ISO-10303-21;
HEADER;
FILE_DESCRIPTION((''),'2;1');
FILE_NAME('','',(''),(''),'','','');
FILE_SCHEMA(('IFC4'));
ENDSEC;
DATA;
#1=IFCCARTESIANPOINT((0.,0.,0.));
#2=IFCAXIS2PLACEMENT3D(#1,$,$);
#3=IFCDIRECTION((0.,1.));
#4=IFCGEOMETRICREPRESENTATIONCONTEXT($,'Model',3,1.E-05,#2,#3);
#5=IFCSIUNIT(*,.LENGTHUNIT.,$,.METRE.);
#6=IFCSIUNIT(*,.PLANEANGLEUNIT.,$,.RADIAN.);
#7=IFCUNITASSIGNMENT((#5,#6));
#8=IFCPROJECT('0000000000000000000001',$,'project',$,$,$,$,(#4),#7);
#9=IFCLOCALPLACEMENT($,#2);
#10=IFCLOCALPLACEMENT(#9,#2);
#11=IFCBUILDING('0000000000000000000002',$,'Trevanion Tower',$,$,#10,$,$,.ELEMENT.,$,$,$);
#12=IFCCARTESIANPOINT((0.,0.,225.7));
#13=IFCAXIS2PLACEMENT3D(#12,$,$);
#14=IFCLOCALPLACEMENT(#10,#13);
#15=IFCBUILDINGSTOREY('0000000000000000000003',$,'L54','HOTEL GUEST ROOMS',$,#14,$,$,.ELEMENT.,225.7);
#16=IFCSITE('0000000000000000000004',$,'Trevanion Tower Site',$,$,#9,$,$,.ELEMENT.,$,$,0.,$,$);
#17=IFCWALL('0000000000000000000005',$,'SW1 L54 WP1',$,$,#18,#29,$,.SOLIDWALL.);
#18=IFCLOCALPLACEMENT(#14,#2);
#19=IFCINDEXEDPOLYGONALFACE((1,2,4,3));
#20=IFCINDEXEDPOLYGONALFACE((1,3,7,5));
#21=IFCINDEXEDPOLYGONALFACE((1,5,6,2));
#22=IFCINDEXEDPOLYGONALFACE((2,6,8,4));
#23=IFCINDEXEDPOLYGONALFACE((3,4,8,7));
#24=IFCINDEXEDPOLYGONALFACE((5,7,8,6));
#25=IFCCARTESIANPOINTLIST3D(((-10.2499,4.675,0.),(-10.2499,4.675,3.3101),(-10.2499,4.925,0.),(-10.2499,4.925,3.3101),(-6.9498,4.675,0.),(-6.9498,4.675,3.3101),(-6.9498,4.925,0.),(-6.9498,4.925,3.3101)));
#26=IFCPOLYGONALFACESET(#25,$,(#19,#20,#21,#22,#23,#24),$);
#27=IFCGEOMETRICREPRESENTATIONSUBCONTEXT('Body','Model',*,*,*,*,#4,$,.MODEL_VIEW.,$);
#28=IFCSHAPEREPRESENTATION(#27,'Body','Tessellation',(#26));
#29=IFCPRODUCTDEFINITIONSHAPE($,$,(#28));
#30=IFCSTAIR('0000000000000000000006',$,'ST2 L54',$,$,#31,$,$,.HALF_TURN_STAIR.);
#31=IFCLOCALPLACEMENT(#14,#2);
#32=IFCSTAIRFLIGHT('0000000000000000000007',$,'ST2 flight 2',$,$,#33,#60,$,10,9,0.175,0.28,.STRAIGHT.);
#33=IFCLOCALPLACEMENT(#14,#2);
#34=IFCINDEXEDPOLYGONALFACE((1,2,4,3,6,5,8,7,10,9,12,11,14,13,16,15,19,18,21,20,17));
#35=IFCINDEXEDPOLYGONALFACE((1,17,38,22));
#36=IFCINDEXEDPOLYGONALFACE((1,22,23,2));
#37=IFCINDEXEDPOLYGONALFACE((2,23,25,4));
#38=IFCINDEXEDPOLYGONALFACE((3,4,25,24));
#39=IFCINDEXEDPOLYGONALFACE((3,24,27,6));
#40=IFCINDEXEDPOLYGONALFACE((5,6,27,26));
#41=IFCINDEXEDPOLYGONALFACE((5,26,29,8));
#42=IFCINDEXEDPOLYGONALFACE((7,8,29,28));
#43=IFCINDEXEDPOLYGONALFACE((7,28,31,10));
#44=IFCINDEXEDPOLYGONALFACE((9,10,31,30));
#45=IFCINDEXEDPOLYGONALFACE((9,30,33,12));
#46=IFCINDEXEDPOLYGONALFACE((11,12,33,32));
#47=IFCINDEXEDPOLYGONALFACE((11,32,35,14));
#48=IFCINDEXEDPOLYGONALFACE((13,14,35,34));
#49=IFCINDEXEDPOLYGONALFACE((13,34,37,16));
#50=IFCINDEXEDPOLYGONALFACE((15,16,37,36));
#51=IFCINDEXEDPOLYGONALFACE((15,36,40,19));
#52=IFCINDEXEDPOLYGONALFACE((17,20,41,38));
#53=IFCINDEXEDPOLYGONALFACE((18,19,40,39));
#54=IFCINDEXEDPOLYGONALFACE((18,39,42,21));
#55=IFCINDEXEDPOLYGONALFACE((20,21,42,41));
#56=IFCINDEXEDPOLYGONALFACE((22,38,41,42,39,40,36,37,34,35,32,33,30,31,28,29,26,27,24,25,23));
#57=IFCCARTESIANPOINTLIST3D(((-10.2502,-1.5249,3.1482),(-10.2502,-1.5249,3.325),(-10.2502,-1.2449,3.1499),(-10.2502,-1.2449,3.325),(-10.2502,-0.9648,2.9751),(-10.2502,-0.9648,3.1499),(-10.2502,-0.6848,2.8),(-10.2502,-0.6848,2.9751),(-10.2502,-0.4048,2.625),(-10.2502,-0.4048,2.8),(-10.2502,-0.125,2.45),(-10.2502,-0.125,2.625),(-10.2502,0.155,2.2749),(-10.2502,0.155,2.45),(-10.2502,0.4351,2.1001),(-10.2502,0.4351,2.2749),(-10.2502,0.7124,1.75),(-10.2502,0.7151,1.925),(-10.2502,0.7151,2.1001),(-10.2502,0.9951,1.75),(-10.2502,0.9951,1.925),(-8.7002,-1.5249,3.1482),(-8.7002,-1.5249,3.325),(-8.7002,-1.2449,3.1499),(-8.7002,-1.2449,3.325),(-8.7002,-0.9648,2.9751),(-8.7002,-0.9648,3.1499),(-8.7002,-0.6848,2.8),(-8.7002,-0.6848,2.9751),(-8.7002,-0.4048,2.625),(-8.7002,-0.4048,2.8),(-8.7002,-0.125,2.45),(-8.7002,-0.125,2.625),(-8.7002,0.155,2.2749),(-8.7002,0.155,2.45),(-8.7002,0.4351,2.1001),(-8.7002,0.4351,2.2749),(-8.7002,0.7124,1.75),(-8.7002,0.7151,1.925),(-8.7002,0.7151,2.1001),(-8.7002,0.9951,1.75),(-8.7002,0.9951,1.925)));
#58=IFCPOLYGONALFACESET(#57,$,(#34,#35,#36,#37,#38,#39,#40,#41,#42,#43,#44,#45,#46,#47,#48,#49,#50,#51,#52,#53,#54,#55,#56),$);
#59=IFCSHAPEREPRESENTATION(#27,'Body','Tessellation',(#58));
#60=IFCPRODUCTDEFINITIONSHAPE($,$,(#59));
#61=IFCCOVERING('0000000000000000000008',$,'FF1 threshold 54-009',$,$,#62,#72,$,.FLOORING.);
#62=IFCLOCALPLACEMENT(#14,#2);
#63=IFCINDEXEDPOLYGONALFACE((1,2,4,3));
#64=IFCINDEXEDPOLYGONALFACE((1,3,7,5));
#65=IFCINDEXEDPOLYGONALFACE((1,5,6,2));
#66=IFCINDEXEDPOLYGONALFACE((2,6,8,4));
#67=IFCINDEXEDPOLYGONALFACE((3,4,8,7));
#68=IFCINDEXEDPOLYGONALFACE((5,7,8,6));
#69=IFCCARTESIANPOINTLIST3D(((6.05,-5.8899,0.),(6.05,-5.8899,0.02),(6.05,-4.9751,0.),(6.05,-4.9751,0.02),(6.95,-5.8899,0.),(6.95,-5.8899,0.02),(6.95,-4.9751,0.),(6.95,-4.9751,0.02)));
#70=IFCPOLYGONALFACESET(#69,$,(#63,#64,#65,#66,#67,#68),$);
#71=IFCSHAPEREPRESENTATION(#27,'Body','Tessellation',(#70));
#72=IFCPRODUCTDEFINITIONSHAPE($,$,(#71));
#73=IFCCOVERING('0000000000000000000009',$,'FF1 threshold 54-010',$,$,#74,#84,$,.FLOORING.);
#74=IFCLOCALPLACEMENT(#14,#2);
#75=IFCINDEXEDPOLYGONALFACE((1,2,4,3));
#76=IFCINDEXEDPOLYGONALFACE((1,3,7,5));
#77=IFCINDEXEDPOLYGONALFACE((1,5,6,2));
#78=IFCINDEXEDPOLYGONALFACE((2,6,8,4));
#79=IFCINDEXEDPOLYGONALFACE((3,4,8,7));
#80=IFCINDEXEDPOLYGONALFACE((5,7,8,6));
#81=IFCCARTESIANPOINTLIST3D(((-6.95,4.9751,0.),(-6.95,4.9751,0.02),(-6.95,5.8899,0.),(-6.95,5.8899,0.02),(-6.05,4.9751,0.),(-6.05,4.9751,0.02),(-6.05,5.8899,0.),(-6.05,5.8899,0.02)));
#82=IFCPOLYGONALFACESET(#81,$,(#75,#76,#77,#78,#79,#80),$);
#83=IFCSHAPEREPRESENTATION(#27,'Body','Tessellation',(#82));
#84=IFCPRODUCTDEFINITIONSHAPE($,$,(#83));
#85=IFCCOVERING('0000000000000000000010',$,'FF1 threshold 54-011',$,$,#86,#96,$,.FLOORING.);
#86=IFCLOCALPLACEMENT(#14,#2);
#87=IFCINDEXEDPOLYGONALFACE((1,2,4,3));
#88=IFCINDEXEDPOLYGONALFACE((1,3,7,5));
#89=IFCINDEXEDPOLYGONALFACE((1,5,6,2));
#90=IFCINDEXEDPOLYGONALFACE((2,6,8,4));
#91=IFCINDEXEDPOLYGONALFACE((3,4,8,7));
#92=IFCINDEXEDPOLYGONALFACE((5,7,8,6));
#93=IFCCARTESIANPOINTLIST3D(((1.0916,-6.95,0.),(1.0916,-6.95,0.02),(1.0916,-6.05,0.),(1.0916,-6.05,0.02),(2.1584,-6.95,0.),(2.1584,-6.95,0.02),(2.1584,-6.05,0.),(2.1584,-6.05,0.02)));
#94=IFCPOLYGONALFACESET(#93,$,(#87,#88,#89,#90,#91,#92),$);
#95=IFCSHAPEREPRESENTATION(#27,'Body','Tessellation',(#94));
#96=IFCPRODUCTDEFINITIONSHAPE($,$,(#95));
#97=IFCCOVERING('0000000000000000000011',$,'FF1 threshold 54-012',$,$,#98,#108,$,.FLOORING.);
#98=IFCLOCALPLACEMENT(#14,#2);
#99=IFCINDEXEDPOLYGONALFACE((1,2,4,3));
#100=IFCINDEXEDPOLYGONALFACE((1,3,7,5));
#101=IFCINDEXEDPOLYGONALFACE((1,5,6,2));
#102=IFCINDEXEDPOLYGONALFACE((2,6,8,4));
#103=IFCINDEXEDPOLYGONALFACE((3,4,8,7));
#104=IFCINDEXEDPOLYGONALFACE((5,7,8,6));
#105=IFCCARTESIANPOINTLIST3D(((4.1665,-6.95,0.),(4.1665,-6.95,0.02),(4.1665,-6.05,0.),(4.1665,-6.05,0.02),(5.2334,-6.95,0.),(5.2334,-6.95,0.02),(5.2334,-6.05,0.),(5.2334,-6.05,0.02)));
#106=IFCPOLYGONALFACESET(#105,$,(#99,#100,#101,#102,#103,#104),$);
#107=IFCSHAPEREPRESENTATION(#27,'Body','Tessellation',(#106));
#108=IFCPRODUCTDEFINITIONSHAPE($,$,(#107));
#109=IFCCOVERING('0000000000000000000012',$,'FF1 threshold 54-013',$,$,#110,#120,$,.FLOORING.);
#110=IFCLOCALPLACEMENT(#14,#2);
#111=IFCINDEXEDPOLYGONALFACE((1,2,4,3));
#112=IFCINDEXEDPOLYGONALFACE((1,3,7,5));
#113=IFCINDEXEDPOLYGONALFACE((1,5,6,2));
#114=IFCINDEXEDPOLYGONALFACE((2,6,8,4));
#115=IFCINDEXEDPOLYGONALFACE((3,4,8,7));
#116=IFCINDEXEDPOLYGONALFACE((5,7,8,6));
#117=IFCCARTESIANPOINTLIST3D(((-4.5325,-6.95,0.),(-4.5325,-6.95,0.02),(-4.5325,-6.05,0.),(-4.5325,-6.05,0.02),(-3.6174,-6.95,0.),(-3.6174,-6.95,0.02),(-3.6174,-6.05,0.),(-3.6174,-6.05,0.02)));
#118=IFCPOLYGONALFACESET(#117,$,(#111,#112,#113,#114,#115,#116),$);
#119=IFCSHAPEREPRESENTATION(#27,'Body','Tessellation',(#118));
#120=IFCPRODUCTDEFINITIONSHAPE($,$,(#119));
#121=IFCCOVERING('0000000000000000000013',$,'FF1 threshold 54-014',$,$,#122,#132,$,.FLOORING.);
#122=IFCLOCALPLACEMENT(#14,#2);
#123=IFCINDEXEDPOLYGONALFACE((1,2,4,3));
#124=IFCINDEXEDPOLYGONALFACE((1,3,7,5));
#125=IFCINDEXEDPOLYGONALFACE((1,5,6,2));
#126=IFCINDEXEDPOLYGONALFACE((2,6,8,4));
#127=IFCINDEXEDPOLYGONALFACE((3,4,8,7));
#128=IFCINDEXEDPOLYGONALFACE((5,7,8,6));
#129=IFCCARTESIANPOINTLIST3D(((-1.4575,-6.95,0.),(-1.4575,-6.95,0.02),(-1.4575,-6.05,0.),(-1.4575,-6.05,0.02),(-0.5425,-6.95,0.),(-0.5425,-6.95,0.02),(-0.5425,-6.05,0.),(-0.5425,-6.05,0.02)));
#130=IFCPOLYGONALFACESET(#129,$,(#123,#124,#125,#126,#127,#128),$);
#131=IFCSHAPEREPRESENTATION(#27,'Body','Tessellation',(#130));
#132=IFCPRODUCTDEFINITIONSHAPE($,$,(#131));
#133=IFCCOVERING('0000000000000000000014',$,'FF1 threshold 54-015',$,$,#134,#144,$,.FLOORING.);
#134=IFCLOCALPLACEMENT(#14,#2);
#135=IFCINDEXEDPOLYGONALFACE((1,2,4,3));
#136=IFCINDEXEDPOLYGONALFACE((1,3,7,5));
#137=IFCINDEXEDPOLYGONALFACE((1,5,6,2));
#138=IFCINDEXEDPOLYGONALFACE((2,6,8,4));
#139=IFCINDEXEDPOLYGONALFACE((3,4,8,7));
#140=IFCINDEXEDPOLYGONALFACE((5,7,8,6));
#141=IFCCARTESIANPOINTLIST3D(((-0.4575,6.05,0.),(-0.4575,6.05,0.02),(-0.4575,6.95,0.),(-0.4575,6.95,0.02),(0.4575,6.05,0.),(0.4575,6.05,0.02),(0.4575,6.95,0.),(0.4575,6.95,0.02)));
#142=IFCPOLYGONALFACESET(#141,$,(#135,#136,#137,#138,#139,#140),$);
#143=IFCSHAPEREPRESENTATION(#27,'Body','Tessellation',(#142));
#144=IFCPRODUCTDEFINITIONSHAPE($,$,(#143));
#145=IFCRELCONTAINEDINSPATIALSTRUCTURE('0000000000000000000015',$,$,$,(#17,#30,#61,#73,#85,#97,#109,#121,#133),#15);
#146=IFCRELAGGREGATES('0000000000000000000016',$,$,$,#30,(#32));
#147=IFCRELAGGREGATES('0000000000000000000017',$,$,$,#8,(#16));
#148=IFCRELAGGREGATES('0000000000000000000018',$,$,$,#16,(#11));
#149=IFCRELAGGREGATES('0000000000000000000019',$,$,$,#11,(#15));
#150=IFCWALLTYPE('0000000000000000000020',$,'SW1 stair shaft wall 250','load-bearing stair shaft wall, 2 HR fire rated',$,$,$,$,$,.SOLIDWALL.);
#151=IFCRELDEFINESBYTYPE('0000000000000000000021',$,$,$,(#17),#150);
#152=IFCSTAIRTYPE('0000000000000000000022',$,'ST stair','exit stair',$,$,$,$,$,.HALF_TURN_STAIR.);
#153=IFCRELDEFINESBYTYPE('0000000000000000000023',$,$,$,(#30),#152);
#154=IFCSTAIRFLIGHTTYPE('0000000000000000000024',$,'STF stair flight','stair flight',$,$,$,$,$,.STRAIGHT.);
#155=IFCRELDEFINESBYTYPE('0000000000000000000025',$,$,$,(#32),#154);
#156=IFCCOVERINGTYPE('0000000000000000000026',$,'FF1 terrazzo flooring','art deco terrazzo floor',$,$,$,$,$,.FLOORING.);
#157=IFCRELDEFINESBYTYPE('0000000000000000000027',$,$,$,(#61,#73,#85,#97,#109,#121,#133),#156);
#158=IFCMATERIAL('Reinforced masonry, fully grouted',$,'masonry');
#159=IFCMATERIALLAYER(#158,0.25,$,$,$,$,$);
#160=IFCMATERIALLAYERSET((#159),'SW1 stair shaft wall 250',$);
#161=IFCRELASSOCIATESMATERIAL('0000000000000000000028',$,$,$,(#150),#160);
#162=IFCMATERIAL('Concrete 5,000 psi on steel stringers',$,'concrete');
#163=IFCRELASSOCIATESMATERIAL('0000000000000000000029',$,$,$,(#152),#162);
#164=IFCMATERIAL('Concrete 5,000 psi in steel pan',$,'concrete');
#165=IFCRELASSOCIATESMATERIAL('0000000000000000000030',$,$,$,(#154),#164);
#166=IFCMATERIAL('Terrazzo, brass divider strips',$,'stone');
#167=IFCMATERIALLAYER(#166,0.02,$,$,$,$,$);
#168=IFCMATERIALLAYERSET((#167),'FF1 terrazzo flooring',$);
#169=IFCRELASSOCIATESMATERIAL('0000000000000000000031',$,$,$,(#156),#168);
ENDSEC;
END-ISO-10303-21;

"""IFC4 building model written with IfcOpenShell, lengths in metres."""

from ifc_helpers import new_model, si_unit, direction, frame, frame_2d, origin, place, context, subcontext, project, spatial, polyline, rectangle, outline, extrude, material, layer, layer_set, type_object, element, aggregate, save


model = new_model("IFC4")

# Units and contexts
model_context = context("Model", 3, precision=1e-05, world=origin(), true_north=direction((0.0, 1.0)))
body_context = subcontext(model_context, "Body", "Model", "MODEL_VIEW")
ifc_project = project(units=[si_unit("LENGTHUNIT", "METRE"), si_unit("PLANEANGLEUNIT", "RADIAN")], contexts=[model_context])

# Site, building, storey
site_placement = place(None, origin())
site = spatial("IfcSite", under=ifc_project, at=site_placement, Name="Trevanion Tower Site", CompositionType="ELEMENT", RefElevation=0.0)
building_placement = place(site_placement, origin())
building = spatial("IfcBuilding", under=site, at=building_placement, Name="Trevanion Tower", CompositionType="ELEMENT")
storey_placement = place(building_placement, frame((0.0, 0.0, 225.7)))
storey = spatial("IfcBuildingStorey", under=building, at=storey_placement, Name="L54", Description="HOTEL GUEST ROOMS", CompositionType="ELEMENT", Elevation=225.7)

# Wall
ifc_material_1 = material(Name="Reinforced masonry, fully grouted", Category="masonry")
ifc_layer_1 = layer(ifc_material_1, 0.25)
ifc_layer_set_1 = layer_set([ifc_layer_1], Name="SW1 stair shaft wall 250")
wall_type_1 = type_object("IfcWallType", Name="SW1 stair shaft wall 250", Description="load-bearing stair shaft wall, 2 HR fire rated", PredefinedType="SOLIDWALL", material=ifc_layer_set_1)
wall_1_placement = place(storey_placement, frame((-6.95, 4.8, 0.0), z_axis=(0.0, 0.0, 1.0), x_axis=(-1.0, 0.0, 0.0)))
element("IfcWall", 1, at=wall_1_placement, inside=storey, type_object=wall_type_1, Name="SW1 L54 WP1", PredefinedType="SOLIDWALL", context=body_context, shape_type="SweptSolid", body=[
    extrude(rectangle(XDim=3.3, YDim=0.25, at=frame_2d((1.6499, 0.0))), origin(), (0.0, 0.0, 1.0), 3.3101),
])

# Stair, stair flight
ifc_material_2 = material(Name="Concrete 5,000 psi on steel stringers", Category="concrete")
stair_type = type_object("IfcStairType", Name="ST stair", Description="exit stair", PredefinedType="HALF_TURN_STAIR", material=ifc_material_2)
stair_placement = place(storey_placement, origin())
stair = element("IfcStair", 2, at=stair_placement, inside=storey, type_object=stair_type, Name="ST2 L54", PredefinedType="HALF_TURN_STAIR")
ifc_material_3 = material(Name="Concrete 5,000 psi in steel pan", Category="concrete")
stair_flight_type = type_object("IfcStairFlightType", Name="STF stair flight", Description="stair flight", PredefinedType="STRAIGHT", material=ifc_material_3)
stair_flight_placement = place(storey_placement, frame((-9.4751, 0.9951, 1.75), z_axis=(0.0, 0.0, 1.0), x_axis=(0.0, -1.0, 0.0)))
stair_flight = element("IfcStairFlight", 3, at=stair_flight_placement, type_object=stair_flight_type, Name="ST2 flight 2", NumberOfRisers=10, NumberOfTreads=9, PredefinedType="STRAIGHT", RiserHeight=0.175, TreadLength=0.28, context=body_context, shape_type="SweptSolid", body=[
    extrude(outline(polyline([(0.0, 0.0), (0.0, 0.175), (0.28, 0.175), (0.28, 0.3501), (0.5601, 0.3501), (0.5601, 0.5249), (0.8401, 0.5249), (0.8401, 0.7), (1.1201, 0.7), (1.1201, 0.875), (1.3999, 0.875), (1.3999, 1.05), (1.6799, 1.05), (1.6799, 1.2251), (1.96, 1.2251), (1.96, 1.3999), (2.24, 1.3999), (2.24, 1.575), (2.52, 1.575), (2.52, 1.75), (2.52, 1.3982), (0.2827, 0.0), (0.0, 0.0)])), frame((0.0, 0.7749, 0.0), z_axis=(0.0, -1.0, 0.0), x_axis=(1.0, 0.0, 0.0)), (0.0, 0.0, 1.0), 1.55),
])
aggregate(stair, [stair_flight])

# Coverings
ifc_material_4 = material(Name="Terrazzo, brass divider strips", Category="stone")
ifc_layer_2 = layer(ifc_material_4, 0.02)
ifc_layer_set_2 = layer_set([ifc_layer_2], Name="FF1 terrazzo flooring")
covering_type = type_object("IfcCoveringType", Name="FF1 terrazzo flooring", Description="art deco terrazzo floor", PredefinedType="FLOORING", material=ifc_layer_set_2)
covering_1_placement = place(storey_placement, origin())
element("IfcCovering", 4, at=covering_1_placement, inside=storey, type_object=covering_type, Name="FF1 threshold 54-009", PredefinedType="FLOORING", context=body_context, shape_type="SweptSolid", body=[
    extrude(outline(polyline([(6.95, -5.8899), (6.95, -4.9751), (6.05, -4.9751), (6.05, -5.8899), (6.95, -5.8899)])), origin(), (0.0, 0.0, 1.0), 0.02),
])
covering_2_placement = place(storey_placement, origin())
element("IfcCovering", 5, at=covering_2_placement, inside=storey, type_object=covering_type, Name="FF1 threshold 54-010", PredefinedType="FLOORING", context=body_context, shape_type="SweptSolid", body=[
    extrude(outline(polyline([(-6.95, 5.8899), (-6.95, 4.9751), (-6.05, 4.9751), (-6.05, 5.8899), (-6.95, 5.8899)])), origin(), (0.0, 0.0, 1.0), 0.02),
])
covering_3_placement = place(storey_placement, origin())
element("IfcCovering", 6, at=covering_3_placement, inside=storey, type_object=covering_type, Name="FF1 threshold 54-011", PredefinedType="FLOORING", context=body_context, shape_type="SweptSolid", body=[
    extrude(outline(polyline([(1.0916, -6.95), (2.1584, -6.95), (2.1584, -6.05), (1.0916, -6.05), (1.0916, -6.95)])), origin(), (0.0, 0.0, 1.0), 0.02),
])
covering_4_placement = place(storey_placement, origin())
element("IfcCovering", 7, at=covering_4_placement, inside=storey, type_object=covering_type, Name="FF1 threshold 54-012", PredefinedType="FLOORING", context=body_context, shape_type="SweptSolid", body=[
    extrude(outline(polyline([(4.1665, -6.95), (5.2334, -6.95), (5.2334, -6.05), (4.1665, -6.05), (4.1665, -6.95)])), origin(), (0.0, 0.0, 1.0), 0.02),
])
covering_5_placement = place(storey_placement, origin())
element("IfcCovering", 8, at=covering_5_placement, inside=storey, type_object=covering_type, Name="FF1 threshold 54-013", PredefinedType="FLOORING", context=body_context, shape_type="SweptSolid", body=[
    extrude(outline(polyline([(-4.5325, -6.95), (-3.6174, -6.95), (-3.6174, -6.05), (-4.5325, -6.05), (-4.5325, -6.95)])), origin(), (0.0, 0.0, 1.0), 0.02),
])
covering_6_placement = place(storey_placement, origin())
element("IfcCovering", 9, at=covering_6_placement, inside=storey, type_object=covering_type, Name="FF1 threshold 54-014", PredefinedType="FLOORING", context=body_context, shape_type="SweptSolid", body=[
    extrude(outline(polyline([(-1.4575, -6.95), (-0.5425, -6.95), (-0.5425, -6.05), (-1.4575, -6.05), (-1.4575, -6.95)])), origin(), (0.0, 0.0, 1.0), 0.02),
])
covering_7_placement = place(storey_placement, origin())
element("IfcCovering", 10, at=covering_7_placement, inside=storey, type_object=covering_type, Name="FF1 threshold 54-015", PredefinedType="FLOORING", context=body_context, shape_type="SweptSolid", body=[
    extrude(outline(polyline([(0.4575, 6.95), (-0.4575, 6.95), (-0.4575, 6.05), (0.4575, 6.05), (0.4575, 6.95)])), origin(), (0.0, 0.0, 1.0), 0.02),
])

save(model, "model.ifc")
